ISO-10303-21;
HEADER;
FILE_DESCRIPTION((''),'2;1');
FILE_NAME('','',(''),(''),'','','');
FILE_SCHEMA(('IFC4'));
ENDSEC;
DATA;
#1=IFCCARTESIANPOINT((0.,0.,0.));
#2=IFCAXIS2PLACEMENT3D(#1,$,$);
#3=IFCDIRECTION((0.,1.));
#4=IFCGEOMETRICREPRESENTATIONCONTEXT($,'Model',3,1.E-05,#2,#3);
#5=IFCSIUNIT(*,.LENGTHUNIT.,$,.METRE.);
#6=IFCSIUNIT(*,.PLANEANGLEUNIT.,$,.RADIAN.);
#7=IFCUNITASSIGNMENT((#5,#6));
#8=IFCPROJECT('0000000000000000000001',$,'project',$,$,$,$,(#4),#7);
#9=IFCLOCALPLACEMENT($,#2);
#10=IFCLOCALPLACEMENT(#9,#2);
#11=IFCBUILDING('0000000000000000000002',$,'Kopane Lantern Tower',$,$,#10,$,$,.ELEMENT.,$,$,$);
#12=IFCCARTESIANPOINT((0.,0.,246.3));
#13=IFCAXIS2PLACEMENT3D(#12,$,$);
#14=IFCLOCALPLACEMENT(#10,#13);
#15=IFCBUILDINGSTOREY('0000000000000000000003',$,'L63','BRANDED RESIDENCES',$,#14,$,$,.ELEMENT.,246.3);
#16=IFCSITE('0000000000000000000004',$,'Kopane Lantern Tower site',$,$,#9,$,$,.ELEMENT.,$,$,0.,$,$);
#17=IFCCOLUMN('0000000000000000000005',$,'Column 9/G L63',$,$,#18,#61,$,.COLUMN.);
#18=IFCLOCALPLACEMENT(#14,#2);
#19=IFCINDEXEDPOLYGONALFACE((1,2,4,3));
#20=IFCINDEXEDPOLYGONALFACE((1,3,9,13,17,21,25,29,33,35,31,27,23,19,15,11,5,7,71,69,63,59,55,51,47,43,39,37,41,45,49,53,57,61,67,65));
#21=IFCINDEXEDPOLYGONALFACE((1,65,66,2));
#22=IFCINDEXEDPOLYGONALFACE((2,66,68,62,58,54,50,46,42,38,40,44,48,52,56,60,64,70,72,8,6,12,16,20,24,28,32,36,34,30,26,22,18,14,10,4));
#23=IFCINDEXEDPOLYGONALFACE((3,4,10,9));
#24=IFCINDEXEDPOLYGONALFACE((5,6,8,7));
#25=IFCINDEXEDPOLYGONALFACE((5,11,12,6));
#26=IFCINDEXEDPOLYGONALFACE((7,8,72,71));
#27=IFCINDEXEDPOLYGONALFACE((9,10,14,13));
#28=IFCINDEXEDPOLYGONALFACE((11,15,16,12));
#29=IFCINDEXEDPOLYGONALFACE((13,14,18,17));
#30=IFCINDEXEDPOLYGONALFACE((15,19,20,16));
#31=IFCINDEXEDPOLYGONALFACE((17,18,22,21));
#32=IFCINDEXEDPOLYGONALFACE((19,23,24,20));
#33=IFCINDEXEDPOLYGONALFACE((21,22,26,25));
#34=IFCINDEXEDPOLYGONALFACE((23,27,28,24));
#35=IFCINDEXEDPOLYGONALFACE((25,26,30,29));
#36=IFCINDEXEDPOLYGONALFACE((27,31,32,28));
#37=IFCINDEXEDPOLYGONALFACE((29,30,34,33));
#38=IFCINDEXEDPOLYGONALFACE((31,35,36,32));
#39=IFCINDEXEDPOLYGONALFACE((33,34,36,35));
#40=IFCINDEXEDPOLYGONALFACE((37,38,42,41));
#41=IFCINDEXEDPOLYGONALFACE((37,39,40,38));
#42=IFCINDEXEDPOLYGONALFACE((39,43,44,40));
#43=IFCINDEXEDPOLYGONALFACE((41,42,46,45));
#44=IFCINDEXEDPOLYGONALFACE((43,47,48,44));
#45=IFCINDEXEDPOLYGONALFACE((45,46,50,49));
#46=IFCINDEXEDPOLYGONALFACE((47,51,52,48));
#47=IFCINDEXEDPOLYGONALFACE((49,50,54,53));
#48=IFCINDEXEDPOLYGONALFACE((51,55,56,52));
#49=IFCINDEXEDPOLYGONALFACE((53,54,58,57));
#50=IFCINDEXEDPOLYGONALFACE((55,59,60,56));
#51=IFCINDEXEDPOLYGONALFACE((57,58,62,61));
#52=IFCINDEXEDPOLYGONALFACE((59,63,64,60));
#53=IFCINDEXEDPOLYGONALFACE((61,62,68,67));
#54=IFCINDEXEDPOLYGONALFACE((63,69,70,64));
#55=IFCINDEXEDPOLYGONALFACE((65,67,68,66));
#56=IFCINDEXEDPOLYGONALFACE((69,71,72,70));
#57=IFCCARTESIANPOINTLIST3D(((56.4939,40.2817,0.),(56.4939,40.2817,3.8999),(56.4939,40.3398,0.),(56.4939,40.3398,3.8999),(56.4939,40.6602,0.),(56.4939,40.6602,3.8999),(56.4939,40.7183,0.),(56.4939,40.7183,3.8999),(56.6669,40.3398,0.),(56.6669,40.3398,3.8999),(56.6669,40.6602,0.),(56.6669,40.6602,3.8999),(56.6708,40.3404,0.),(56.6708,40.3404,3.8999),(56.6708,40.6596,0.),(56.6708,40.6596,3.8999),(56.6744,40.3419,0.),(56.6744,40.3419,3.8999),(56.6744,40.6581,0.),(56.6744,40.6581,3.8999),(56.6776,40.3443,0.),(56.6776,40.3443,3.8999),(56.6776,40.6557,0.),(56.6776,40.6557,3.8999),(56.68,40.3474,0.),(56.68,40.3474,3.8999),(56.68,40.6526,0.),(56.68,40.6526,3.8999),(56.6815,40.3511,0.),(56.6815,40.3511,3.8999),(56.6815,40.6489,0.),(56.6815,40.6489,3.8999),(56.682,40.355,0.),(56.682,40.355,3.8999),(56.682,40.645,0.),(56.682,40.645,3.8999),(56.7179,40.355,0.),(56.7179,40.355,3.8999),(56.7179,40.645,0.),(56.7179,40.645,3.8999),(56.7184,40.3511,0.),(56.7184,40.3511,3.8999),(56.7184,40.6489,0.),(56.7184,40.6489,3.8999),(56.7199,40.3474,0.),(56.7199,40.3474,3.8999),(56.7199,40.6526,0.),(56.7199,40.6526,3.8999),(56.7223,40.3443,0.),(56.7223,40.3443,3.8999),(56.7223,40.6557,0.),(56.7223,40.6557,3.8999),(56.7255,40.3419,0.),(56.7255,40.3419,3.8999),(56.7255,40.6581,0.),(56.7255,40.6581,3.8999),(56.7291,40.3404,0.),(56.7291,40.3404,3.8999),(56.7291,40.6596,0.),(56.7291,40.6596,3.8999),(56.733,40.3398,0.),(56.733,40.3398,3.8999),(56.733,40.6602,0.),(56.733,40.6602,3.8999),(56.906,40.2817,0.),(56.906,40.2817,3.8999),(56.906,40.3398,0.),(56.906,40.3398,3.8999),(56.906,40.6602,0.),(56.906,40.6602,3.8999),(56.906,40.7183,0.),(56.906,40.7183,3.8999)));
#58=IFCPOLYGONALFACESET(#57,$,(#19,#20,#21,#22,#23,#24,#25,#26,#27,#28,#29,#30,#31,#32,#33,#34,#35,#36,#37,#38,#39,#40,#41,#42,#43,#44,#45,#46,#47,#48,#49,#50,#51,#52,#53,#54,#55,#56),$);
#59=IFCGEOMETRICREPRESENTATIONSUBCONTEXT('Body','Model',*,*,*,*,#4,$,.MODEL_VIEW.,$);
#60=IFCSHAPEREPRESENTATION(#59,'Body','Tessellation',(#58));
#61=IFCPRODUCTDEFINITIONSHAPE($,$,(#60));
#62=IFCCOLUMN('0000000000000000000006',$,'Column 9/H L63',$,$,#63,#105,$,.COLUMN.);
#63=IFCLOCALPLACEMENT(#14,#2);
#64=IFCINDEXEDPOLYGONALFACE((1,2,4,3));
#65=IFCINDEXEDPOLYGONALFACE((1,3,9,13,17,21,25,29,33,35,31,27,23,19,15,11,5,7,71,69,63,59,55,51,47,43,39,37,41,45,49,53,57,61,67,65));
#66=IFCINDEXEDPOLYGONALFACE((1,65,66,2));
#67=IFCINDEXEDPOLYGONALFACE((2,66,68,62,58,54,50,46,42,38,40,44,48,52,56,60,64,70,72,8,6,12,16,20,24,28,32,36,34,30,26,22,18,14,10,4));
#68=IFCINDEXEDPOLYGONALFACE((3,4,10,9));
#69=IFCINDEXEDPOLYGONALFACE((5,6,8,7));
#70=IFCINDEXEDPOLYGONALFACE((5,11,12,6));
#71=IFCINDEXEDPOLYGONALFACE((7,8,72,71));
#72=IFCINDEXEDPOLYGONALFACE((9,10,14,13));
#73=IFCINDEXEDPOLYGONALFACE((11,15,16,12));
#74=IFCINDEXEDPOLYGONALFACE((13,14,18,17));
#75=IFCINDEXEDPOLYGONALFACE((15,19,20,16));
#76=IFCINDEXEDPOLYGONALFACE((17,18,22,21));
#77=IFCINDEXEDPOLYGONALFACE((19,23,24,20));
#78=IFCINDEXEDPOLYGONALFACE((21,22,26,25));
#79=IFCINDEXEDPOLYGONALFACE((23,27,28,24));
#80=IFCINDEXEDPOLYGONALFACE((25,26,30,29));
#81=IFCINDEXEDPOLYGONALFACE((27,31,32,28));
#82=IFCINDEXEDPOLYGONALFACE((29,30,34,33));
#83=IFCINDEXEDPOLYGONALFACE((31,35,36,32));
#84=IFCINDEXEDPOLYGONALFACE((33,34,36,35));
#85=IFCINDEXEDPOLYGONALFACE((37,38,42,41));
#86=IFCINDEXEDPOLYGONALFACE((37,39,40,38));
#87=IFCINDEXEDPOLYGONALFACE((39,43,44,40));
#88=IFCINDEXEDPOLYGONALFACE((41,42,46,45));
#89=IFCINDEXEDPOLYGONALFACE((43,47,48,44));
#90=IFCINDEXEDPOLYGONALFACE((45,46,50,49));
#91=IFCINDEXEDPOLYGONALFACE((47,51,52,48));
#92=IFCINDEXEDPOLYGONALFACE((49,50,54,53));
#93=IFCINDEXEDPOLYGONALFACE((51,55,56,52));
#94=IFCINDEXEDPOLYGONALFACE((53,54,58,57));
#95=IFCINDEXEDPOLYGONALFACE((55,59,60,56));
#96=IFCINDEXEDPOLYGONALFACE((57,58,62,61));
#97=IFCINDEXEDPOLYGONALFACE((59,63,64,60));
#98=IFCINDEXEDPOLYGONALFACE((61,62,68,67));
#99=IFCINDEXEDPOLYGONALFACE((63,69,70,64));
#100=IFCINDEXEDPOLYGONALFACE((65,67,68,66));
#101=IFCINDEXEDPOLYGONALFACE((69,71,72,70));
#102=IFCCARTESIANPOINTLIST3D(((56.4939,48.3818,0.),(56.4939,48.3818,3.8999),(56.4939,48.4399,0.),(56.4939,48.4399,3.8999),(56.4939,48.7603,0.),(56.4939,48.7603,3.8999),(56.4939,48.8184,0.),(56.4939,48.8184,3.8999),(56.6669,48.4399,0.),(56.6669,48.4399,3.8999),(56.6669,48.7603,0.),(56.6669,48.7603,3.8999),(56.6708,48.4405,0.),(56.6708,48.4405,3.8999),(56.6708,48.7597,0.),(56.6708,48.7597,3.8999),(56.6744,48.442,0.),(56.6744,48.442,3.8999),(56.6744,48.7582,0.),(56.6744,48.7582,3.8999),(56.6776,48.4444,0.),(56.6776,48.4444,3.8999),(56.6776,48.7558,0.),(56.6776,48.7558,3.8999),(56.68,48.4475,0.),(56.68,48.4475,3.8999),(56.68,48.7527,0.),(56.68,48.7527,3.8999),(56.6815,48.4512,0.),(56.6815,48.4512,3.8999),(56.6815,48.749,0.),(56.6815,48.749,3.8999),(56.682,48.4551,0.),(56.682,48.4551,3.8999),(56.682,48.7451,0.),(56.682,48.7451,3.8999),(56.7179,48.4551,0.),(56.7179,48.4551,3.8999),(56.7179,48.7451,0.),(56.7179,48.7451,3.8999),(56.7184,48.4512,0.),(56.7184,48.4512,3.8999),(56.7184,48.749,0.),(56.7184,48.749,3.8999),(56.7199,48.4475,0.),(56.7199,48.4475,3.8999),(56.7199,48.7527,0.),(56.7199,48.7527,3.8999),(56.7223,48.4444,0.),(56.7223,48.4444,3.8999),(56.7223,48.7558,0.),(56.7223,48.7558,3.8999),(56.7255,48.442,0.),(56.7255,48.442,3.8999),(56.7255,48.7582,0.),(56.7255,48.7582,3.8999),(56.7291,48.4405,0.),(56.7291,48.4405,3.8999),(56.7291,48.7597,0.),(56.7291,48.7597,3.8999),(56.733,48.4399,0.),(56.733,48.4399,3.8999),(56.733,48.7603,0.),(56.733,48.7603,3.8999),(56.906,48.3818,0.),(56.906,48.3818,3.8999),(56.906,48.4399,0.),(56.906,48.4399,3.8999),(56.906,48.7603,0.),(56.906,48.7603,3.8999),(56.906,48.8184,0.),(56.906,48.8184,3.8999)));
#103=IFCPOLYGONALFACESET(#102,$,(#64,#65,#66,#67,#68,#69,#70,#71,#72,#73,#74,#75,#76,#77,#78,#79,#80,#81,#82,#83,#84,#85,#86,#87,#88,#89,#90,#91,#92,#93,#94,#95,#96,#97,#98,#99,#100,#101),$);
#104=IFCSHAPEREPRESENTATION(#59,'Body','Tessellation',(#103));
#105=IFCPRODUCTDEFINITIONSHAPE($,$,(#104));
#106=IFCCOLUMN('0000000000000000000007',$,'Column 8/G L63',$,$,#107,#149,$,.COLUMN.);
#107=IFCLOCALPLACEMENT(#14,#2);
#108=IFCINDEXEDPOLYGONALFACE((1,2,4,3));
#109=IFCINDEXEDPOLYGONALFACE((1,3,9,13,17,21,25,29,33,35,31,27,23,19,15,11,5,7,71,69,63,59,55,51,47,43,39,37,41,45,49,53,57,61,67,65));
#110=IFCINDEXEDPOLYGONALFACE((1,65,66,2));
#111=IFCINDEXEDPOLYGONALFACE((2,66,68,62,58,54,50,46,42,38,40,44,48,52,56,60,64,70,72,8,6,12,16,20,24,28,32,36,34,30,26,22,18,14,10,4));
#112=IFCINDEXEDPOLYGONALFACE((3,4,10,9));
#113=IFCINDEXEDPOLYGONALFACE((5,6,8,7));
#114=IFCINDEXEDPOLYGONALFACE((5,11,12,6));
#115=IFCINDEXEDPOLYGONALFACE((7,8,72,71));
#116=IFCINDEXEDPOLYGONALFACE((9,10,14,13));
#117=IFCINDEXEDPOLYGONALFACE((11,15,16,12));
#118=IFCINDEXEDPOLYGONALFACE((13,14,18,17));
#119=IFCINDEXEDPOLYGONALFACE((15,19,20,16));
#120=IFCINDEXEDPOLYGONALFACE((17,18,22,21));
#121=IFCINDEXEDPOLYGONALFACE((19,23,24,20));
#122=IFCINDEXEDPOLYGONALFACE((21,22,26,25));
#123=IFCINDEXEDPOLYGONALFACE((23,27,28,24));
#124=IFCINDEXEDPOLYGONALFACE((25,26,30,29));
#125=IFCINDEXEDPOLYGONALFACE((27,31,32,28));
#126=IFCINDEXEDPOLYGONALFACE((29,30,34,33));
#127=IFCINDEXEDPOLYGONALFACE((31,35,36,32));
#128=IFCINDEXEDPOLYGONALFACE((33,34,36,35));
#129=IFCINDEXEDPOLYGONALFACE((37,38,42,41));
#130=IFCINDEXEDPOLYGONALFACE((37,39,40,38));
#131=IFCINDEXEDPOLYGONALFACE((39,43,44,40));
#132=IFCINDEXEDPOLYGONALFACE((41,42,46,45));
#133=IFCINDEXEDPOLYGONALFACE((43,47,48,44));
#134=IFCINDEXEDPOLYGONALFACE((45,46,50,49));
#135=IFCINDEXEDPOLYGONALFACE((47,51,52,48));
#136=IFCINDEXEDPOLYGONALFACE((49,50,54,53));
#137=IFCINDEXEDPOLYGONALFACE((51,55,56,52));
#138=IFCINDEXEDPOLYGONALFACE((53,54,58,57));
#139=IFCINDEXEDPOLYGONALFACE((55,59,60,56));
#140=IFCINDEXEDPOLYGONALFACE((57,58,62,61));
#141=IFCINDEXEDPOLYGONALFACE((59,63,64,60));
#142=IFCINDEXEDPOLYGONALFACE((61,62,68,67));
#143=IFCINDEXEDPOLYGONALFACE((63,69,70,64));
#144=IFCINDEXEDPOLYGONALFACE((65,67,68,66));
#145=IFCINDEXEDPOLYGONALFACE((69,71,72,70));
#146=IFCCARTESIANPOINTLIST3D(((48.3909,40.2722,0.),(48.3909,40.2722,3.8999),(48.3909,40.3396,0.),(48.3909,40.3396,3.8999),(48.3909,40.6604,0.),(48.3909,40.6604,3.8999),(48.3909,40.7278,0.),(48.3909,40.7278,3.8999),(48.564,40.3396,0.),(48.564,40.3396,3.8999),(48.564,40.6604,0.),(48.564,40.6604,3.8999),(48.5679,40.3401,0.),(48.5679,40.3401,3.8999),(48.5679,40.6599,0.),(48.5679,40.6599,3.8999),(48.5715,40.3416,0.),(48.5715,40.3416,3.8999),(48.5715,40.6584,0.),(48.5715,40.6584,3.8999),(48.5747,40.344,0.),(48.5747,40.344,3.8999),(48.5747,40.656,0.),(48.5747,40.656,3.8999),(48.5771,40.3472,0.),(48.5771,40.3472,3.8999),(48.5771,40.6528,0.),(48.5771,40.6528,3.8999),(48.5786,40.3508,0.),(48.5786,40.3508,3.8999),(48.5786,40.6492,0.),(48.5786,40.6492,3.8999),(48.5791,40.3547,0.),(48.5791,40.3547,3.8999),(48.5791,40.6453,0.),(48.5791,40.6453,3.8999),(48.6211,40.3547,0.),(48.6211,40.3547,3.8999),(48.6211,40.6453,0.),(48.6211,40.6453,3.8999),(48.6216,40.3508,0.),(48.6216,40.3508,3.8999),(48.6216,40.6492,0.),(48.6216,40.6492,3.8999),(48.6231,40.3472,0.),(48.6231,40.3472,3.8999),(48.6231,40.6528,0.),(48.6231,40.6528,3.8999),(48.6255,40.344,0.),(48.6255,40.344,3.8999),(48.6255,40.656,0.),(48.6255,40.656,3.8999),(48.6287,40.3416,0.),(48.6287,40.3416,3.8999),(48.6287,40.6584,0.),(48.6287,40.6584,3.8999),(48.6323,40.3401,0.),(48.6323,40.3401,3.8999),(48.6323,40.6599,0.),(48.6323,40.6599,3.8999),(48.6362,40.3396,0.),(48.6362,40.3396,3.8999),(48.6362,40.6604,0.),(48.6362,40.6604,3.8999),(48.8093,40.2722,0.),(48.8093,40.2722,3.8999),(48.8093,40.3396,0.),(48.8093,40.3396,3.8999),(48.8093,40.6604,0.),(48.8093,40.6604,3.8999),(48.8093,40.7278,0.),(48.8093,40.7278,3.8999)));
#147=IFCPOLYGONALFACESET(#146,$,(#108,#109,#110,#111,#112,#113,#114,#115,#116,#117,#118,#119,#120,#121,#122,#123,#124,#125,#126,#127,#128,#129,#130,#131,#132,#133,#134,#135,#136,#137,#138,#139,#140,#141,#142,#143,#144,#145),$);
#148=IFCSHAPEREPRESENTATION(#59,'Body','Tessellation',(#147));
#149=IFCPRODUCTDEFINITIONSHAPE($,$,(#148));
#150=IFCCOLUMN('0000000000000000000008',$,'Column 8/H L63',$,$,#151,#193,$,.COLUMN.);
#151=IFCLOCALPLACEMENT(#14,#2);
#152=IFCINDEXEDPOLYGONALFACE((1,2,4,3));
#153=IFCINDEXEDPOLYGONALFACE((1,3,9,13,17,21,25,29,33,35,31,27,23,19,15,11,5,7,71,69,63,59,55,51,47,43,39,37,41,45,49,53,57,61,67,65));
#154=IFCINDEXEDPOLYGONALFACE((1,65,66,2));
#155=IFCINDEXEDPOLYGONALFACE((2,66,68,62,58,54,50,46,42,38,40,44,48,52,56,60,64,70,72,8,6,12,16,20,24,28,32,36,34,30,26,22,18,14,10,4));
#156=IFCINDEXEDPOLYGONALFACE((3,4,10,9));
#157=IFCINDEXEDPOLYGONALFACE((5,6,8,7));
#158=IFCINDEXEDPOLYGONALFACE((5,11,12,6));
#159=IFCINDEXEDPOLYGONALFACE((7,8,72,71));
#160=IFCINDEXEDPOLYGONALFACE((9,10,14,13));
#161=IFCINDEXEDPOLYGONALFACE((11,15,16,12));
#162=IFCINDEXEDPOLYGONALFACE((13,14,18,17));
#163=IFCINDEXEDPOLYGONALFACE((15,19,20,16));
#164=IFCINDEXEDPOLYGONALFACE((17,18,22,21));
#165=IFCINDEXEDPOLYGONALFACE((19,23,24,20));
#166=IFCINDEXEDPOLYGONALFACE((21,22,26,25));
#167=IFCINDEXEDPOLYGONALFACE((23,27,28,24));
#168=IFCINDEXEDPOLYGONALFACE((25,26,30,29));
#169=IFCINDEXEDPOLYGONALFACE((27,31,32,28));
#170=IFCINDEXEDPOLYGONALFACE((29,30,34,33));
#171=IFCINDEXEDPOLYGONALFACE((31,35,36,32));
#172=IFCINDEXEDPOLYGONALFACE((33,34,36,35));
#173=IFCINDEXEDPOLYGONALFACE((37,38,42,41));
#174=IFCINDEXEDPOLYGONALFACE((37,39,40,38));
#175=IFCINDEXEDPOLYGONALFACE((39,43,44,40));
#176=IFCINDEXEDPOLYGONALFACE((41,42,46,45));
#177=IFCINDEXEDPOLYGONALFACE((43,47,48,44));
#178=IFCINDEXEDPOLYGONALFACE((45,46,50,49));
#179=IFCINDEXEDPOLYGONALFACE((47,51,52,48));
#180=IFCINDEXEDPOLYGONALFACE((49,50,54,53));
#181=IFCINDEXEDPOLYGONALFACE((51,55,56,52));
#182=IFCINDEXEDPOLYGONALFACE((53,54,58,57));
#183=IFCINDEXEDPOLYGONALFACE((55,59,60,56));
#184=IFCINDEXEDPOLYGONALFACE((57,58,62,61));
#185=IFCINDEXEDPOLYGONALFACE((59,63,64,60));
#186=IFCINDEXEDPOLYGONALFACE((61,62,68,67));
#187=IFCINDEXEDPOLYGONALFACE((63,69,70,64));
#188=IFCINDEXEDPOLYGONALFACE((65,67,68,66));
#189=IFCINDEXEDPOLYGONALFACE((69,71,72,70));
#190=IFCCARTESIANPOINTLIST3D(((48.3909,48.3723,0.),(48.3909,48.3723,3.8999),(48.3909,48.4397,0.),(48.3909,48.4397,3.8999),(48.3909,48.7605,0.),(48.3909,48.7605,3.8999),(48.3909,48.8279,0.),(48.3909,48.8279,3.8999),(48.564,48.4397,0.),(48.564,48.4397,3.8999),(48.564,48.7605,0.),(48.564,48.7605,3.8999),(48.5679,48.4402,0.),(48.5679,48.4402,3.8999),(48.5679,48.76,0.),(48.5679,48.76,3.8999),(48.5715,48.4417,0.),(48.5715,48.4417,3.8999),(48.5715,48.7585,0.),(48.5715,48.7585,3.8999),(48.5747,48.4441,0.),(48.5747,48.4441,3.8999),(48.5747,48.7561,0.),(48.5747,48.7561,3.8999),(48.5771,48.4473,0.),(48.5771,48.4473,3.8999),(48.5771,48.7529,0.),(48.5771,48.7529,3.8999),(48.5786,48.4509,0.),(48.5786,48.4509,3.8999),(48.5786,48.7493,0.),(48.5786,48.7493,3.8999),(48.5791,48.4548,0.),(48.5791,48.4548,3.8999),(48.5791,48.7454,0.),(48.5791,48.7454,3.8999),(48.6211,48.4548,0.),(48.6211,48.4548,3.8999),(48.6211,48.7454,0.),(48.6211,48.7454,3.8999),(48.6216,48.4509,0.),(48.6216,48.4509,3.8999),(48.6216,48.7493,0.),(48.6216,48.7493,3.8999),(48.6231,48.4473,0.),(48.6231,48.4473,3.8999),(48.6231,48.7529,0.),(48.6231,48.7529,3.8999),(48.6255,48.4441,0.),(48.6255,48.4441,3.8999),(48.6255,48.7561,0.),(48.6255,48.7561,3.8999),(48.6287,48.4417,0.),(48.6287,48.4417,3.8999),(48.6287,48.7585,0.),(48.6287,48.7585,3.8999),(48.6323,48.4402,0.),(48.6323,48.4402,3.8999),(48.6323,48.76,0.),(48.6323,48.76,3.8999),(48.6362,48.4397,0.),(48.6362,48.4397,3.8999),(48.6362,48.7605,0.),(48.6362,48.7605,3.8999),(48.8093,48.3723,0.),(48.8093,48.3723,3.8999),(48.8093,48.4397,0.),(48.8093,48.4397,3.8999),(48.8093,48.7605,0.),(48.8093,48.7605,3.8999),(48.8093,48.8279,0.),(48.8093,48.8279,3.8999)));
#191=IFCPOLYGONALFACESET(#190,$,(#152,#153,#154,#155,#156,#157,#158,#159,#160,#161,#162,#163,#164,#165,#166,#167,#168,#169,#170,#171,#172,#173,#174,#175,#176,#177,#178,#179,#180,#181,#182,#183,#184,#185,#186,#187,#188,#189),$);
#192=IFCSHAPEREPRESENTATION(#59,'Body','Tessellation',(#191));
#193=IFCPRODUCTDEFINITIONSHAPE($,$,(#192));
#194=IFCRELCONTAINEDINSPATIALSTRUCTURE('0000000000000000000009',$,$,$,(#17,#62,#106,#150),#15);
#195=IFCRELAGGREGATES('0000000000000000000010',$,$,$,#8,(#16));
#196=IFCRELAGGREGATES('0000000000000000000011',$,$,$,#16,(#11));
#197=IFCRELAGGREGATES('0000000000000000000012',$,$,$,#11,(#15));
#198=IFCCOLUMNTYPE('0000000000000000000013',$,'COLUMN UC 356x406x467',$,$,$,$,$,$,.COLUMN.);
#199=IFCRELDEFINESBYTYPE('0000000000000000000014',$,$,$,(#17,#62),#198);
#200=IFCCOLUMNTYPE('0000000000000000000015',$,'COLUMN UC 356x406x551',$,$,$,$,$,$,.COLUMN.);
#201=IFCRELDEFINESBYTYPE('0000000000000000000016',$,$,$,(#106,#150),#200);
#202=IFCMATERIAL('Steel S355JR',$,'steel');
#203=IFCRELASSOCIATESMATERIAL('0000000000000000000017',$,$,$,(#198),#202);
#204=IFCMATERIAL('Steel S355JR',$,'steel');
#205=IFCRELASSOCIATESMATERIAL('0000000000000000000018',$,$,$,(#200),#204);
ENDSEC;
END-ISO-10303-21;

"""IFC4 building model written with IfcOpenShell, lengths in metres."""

from ifc_helpers import new_model, si_unit, direction, frame, origin, origin_2d, place, context, subcontext, project, spatial, i_section, extrude, material, material_profile, profile_set, type_object, element, save


model = new_model("IFC4")

# Units and contexts
model_context = context("Model", 3, precision=1e-05, world=origin(), true_north=direction((0.0, 1.0)))
body_context = subcontext(model_context, "Body", "Model", "MODEL_VIEW")
ifc_project = project(units=[si_unit("LENGTHUNIT", "METRE"), si_unit("PLANEANGLEUNIT", "RADIAN")], contexts=[model_context])

# Site, building, storey
site_placement = place(None, origin())
site = spatial("IfcSite", under=ifc_project, at=site_placement, Name="Kopane Lantern Tower site", CompositionType="ELEMENT", RefElevation=0.0)
building_placement = place(site_placement, origin())
building = spatial("IfcBuilding", under=site, at=building_placement, Name="Kopane Lantern Tower", CompositionType="ELEMENT")
storey_placement = place(building_placement, frame((0.0, 0.0, 246.3)))
storey = spatial("IfcBuildingStorey", under=building, at=storey_placement, Name="L63", Description="BRANDED RESIDENCES", CompositionType="ELEMENT", Elevation=246.3)

# Columns
ifc_material_1 = material(Name="Steel S355JR", Category="steel")
ifc_material_profile_1 = material_profile(ifc_material_1, i_section(OverallWidth=0.4121, OverallDepth=0.4365, WebThickness=0.0359, FlangeThickness=0.0581, FilletRadius=0.0151, at=origin_2d()), Name="UC 356x406x467")
ifc_profile_set_1 = profile_set([ifc_material_profile_1], Name="Steel S355JR")
column_type_1 = type_object("IfcColumnType", Name="COLUMN UC 356x406x467", PredefinedType="COLUMN", material=ifc_profile_set_1)
for number, where, z_axis, x_axis, name in (
    (1, (56.7, 40.5, 0.0), (0.0, 0.0, 1.0), (1.0, 0.0, 0.0), "Column 9/G L63"),
    (2, (56.7, 48.6001, 0.0), (0.0, 0.0, 1.0), (1.0, 0.0, 0.0), "Column 9/H L63"),
):
    element("IfcColumn", number, at=place(storey_placement, frame(where, z_axis=z_axis, x_axis=x_axis)), inside=storey, type_object=column_type_1, Name=name, PredefinedType="COLUMN", context=body_context, shape_type="SweptSolid", body=[
        extrude(i_section(OverallWidth=0.4121, OverallDepth=0.4365, WebThickness=0.0359, FlangeThickness=0.0581, FilletRadius=0.0151, at=origin_2d()), origin(), (0.0, 0.0, 1.0), 3.8999),
    ])
ifc_material_2 = material(Name="Steel S355JR", Category="steel")
ifc_material_profile_2 = material_profile(ifc_material_2, i_section(OverallWidth=0.4185, OverallDepth=0.4556, WebThickness=0.042, FlangeThickness=0.0674, FilletRadius=0.0151, at=origin_2d()), Name="UC 356x406x551")
ifc_profile_set_2 = profile_set([ifc_material_profile_2], Name="Steel S355JR")
column_type_2 = type_object("IfcColumnType", Name="COLUMN UC 356x406x551", PredefinedType="COLUMN", material=ifc_profile_set_2)
for number, where, z_axis, x_axis, name in (
    (3, (48.6001, 40.5, 0.0), (0.0, 0.0, 1.0), (1.0, 0.0, 0.0), "Column 8/G L63"),
    (4, (48.6001, 48.6001, 0.0), (0.0, 0.0, 1.0), (1.0, 0.0, 0.0), "Column 8/H L63"),
):
    element("IfcColumn", number, at=place(storey_placement, frame(where, z_axis=z_axis, x_axis=x_axis)), inside=storey, type_object=column_type_2, Name=name, PredefinedType="COLUMN", context=body_context, shape_type="SweptSolid", body=[
        extrude(i_section(OverallWidth=0.4185, OverallDepth=0.4556, WebThickness=0.042, FlangeThickness=0.0674, FilletRadius=0.0151, at=origin_2d()), origin(), (0.0, 0.0, 1.0), 3.8999),
    ])

save(model, "model.ifc")
